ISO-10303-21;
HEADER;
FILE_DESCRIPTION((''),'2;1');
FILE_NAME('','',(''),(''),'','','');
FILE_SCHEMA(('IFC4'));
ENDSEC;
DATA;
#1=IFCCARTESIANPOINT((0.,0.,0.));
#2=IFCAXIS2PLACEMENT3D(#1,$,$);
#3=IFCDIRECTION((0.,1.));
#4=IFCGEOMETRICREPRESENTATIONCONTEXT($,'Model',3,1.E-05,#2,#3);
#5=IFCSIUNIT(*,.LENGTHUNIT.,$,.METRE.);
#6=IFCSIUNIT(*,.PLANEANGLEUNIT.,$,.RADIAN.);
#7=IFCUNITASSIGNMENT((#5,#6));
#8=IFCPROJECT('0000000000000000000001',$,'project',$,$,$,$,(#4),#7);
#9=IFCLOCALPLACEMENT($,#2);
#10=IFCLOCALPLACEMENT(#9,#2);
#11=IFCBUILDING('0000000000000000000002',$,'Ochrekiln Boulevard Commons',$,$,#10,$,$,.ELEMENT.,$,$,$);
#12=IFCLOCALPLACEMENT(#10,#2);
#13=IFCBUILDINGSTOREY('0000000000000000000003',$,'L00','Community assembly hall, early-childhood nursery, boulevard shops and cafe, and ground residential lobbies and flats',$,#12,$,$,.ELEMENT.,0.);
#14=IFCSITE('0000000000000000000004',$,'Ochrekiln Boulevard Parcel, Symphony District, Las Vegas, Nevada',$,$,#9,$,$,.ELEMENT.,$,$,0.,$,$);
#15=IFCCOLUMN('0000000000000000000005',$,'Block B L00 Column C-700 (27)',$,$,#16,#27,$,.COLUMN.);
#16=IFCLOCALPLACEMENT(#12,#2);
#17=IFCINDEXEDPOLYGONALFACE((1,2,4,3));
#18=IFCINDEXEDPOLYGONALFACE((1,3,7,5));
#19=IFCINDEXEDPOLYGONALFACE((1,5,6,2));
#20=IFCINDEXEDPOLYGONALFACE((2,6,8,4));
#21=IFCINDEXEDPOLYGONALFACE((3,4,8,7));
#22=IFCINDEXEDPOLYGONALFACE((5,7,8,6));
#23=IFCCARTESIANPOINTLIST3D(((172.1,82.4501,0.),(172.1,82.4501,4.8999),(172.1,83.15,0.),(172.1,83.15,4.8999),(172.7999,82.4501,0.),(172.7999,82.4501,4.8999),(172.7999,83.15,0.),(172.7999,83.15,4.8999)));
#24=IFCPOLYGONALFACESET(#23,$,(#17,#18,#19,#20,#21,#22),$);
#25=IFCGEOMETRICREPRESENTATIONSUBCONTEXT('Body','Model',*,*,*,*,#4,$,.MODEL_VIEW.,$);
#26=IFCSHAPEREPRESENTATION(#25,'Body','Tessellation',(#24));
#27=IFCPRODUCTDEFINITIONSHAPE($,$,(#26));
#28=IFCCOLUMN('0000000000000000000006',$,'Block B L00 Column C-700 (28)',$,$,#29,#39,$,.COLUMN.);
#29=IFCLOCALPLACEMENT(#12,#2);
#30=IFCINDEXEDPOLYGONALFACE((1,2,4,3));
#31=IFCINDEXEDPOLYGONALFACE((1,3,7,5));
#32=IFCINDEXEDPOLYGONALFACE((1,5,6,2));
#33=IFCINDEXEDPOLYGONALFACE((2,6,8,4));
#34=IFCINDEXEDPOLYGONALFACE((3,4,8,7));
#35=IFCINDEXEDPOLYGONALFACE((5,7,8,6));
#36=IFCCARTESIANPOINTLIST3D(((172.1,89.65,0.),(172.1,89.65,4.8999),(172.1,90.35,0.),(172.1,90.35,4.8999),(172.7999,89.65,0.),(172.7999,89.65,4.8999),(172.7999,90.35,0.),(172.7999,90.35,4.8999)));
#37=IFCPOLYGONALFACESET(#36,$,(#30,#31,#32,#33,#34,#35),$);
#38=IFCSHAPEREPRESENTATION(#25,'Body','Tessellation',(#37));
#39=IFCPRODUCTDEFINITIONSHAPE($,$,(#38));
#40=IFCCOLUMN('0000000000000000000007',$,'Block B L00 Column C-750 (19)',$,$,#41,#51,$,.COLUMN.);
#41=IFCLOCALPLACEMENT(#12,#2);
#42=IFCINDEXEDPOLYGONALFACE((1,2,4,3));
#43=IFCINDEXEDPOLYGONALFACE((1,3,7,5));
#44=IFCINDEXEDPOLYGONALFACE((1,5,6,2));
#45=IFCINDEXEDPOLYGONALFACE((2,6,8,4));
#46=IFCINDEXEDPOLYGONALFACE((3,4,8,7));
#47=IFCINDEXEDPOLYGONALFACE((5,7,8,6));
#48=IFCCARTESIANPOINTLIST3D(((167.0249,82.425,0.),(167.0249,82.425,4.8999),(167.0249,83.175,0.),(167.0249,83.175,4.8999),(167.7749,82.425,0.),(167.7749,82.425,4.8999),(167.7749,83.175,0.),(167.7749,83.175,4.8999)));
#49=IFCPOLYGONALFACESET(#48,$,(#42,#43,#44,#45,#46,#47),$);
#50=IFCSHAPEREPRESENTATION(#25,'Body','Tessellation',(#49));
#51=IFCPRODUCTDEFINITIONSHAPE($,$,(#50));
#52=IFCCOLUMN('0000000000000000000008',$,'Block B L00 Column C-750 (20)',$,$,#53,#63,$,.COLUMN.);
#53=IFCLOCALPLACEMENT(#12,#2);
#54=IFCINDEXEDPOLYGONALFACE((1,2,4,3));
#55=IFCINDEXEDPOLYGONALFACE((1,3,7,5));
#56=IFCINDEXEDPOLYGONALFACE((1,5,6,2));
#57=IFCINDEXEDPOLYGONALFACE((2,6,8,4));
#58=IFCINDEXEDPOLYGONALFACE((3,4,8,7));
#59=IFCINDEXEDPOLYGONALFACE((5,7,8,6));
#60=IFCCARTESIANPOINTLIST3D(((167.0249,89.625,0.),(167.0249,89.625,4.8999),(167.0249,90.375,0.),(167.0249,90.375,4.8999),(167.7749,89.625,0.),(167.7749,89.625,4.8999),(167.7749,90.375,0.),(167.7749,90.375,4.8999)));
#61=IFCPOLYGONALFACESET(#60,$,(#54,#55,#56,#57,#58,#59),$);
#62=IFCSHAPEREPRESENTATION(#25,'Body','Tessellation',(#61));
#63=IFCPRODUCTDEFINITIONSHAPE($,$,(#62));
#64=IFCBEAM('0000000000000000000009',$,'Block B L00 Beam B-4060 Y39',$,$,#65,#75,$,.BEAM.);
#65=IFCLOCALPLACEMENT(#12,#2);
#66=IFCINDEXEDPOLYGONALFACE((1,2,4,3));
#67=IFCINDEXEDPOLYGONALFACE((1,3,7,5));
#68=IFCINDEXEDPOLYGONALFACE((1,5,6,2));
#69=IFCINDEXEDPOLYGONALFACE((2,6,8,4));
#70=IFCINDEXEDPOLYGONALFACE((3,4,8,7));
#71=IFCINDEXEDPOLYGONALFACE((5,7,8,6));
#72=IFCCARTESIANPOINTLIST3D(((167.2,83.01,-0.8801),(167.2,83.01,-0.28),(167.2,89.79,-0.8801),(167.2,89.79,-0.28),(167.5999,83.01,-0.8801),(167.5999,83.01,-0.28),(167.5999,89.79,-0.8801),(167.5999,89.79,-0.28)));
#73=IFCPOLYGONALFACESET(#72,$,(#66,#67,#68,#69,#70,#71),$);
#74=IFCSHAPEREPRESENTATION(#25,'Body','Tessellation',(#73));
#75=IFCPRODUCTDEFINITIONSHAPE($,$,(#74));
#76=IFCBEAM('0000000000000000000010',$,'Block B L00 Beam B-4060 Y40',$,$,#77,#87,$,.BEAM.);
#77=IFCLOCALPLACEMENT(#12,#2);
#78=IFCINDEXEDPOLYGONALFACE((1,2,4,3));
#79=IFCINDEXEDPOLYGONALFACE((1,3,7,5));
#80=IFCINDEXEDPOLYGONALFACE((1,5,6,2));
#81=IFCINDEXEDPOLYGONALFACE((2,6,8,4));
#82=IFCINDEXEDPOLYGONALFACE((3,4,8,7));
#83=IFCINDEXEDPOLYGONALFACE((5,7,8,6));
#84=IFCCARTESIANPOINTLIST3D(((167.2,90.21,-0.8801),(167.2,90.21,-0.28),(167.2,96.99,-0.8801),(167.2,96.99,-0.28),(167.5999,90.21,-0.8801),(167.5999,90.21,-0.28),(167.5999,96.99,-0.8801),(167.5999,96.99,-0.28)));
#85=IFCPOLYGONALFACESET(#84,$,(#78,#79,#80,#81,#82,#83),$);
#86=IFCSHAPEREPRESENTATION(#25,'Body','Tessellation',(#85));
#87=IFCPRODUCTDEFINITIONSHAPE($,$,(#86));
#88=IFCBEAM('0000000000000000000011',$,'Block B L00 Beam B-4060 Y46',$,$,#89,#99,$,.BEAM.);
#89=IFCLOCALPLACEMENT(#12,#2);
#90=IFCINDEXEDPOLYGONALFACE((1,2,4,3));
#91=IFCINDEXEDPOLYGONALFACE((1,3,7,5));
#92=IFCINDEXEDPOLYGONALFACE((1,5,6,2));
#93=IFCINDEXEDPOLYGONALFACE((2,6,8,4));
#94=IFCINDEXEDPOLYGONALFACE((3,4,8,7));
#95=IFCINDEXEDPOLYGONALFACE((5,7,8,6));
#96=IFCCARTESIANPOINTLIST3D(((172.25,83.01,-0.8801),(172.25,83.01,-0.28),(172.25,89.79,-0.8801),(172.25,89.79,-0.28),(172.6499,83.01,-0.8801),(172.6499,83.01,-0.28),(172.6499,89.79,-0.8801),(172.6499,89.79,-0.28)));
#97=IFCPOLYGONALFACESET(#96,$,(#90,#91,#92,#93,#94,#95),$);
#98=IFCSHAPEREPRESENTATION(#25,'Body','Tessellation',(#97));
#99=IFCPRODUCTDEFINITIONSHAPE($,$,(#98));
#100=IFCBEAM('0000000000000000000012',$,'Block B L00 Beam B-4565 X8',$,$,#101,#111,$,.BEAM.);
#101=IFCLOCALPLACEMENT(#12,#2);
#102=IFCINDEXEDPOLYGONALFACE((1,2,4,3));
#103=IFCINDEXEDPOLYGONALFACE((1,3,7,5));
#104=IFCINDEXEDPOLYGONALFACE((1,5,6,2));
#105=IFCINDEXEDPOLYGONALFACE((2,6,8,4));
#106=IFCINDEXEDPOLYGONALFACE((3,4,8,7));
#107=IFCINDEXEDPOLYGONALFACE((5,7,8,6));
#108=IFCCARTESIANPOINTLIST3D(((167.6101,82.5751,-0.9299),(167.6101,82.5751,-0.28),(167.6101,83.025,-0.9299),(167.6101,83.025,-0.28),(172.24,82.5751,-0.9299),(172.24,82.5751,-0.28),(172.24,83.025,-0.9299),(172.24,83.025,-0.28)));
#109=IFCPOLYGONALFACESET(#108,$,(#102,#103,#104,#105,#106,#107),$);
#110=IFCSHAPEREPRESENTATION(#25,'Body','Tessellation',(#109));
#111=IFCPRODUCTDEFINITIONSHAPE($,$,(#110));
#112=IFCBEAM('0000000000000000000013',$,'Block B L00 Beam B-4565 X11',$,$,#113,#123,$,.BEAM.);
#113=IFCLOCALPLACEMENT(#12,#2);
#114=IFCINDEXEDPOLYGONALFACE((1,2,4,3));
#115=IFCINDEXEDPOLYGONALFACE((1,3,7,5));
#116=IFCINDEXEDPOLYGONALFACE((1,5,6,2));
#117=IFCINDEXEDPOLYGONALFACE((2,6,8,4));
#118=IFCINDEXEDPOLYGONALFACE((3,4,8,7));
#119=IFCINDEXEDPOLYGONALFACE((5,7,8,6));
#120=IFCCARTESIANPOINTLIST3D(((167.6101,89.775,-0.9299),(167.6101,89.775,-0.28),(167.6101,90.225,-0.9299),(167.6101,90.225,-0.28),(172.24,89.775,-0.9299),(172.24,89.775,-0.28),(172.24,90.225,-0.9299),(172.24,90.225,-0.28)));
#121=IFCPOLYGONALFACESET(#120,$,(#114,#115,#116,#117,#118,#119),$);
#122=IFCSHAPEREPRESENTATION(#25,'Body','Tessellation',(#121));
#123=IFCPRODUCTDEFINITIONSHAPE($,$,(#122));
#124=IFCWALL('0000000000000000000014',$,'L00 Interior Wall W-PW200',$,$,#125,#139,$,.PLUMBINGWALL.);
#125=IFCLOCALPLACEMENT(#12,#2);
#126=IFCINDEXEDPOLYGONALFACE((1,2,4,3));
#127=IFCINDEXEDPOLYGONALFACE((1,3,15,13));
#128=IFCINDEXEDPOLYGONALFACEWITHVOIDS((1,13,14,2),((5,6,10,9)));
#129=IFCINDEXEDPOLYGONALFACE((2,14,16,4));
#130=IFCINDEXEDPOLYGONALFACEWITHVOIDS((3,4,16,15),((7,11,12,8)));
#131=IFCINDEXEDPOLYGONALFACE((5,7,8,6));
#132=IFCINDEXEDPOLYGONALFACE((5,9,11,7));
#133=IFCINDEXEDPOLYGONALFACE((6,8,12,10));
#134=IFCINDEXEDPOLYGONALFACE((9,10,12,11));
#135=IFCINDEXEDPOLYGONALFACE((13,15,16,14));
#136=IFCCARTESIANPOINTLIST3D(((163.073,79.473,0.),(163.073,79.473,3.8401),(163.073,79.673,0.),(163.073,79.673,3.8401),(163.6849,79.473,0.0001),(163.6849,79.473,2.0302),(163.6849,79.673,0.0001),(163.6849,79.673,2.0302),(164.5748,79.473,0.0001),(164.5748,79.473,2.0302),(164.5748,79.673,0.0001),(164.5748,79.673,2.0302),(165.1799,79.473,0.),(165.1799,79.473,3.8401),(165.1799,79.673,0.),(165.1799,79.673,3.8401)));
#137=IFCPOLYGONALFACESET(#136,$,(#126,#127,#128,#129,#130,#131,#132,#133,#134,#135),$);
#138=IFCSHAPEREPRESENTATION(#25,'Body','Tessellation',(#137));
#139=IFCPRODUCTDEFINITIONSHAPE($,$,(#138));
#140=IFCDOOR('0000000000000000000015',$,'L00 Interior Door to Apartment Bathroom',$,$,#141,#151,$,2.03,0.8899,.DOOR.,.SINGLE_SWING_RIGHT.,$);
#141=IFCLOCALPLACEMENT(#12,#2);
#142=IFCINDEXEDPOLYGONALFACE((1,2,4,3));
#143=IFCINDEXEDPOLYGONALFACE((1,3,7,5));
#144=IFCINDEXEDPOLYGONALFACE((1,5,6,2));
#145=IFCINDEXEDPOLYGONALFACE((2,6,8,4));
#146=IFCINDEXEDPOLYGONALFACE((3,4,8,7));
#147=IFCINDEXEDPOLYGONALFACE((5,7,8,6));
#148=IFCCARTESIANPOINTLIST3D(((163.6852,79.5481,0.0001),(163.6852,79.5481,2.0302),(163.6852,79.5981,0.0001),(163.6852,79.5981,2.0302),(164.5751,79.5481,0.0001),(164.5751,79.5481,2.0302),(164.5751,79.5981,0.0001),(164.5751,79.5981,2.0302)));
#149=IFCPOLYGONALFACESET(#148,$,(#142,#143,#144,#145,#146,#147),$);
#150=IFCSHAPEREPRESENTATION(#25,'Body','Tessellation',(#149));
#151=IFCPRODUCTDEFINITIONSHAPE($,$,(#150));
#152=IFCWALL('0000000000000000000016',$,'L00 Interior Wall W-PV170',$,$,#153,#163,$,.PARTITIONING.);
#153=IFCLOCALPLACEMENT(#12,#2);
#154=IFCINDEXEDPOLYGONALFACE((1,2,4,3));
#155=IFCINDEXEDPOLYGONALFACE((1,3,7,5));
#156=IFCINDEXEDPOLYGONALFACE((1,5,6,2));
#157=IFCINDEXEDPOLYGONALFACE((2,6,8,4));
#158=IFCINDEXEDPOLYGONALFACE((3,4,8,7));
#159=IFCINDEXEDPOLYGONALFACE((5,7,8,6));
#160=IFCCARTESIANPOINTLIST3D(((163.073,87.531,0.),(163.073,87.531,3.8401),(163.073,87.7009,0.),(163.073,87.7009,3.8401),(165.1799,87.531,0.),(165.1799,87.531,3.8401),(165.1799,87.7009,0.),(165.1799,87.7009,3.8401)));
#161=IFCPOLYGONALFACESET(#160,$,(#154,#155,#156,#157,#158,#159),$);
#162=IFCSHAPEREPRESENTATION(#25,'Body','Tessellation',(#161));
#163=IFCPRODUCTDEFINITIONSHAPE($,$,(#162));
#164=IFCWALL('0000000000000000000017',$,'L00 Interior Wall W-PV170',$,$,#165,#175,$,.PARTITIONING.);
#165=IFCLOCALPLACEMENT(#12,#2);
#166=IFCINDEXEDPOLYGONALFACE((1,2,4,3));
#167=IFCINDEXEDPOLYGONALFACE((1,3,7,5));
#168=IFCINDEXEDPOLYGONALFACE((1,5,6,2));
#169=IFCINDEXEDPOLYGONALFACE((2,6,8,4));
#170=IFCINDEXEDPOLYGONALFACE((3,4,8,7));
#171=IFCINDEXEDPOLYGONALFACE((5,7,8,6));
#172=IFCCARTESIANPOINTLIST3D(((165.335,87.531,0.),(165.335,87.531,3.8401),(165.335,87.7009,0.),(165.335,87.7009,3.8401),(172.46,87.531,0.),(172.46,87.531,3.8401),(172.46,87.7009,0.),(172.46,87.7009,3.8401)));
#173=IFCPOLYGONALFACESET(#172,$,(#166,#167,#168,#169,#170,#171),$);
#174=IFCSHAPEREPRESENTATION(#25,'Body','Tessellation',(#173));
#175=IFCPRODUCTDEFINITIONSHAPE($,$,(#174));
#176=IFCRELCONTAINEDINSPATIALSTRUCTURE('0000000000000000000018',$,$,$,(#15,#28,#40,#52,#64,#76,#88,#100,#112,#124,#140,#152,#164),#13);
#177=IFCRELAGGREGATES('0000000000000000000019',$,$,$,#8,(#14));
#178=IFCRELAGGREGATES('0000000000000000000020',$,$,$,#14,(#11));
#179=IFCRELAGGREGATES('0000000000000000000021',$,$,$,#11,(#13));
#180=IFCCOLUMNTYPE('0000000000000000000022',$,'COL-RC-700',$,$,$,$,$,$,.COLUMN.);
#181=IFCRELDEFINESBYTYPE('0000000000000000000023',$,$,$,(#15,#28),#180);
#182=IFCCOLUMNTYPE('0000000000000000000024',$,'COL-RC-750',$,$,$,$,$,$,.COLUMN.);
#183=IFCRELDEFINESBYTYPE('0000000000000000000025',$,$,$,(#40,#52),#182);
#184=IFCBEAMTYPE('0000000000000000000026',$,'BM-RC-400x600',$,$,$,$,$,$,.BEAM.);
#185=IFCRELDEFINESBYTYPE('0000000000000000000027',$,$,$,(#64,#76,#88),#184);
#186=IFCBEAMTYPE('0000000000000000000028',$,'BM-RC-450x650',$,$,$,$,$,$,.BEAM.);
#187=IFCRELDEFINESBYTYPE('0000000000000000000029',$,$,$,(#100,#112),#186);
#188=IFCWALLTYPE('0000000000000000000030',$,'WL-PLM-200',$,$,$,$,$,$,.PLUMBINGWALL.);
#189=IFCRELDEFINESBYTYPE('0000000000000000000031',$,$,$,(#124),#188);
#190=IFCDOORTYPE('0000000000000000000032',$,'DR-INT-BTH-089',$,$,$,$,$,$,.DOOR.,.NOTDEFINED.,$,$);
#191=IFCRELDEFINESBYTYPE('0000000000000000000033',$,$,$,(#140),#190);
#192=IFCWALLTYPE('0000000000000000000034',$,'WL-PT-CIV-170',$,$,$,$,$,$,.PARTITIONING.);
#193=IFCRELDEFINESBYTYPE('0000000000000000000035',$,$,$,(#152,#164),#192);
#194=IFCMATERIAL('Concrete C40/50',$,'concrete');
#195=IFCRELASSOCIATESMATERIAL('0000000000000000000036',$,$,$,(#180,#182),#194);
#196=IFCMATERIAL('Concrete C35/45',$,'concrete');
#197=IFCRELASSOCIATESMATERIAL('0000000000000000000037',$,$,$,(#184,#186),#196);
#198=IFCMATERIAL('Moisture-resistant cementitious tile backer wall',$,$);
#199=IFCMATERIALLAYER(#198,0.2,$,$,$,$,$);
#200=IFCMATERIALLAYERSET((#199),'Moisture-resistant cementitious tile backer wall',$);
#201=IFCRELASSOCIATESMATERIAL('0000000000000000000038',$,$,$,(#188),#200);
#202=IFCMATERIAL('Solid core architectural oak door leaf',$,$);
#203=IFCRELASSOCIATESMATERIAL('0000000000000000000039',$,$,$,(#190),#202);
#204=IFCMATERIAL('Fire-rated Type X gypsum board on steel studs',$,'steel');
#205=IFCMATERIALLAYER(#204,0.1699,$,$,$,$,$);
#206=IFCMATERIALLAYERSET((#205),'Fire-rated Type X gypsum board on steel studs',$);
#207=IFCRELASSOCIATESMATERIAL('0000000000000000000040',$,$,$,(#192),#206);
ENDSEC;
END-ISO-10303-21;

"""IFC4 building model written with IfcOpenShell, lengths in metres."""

from ifc_helpers import new_model, si_unit, direction, frame, frame_2d, origin, origin_2d, place, context, subcontext, project, spatial, rectangle, extrude, material, layer, layer_set, material_profile, profile_set, type_object, element, fill, save


model = new_model("IFC4")

# Units and contexts
model_context = context("Model", 3, precision=1e-05, world=origin(), true_north=direction((0.0, 1.0)))
body_context = subcontext(model_context, "Body", "Model", "MODEL_VIEW")
ifc_project = project(units=[si_unit("LENGTHUNIT", "METRE"), si_unit("PLANEANGLEUNIT", "RADIAN")], contexts=[model_context])

# Site, building, storey
site_placement = place(None, origin())
site = spatial("IfcSite", under=ifc_project, at=site_placement, Name="Ochrekiln Boulevard Parcel, Symphony District, Las Vegas, Nevada", CompositionType="ELEMENT", RefElevation=0.0)
building_placement = place(site_placement, origin())
building = spatial("IfcBuilding", under=site, at=building_placement, Name="Ochrekiln Boulevard Commons", CompositionType="ELEMENT")
storey_placement = place(building_placement, origin())
storey = spatial("IfcBuildingStorey", under=building, at=storey_placement, Name="L00", Description="Community assembly hall, early-childhood nursery, boulevard shops and cafe, and ground residential lobbies and flats", CompositionType="ELEMENT", Elevation=0.0)

# Columns
ifc_material_1 = material(Name="Concrete C40/50", Category="concrete")
ifc_material_profile_1 = material_profile(ifc_material_1, rectangle(XDim=0.7, YDim=0.7, at=origin_2d()), Name="RC-COL-700x700")
ifc_profile_set_1 = profile_set([ifc_material_profile_1], Name="Concrete C40/50")
column_type_1 = type_object("IfcColumnType", Name="COL-RC-700", PredefinedType="COLUMN", material=ifc_profile_set_1)
for number, where, z_axis, x_axis, name in (
    (1, (172.45, 82.8, 0.0), (0.0, 0.0, 1.0), (1.0, 0.0, 0.0), "Block B L00 Column C-700 (27)"),
    (2, (172.45, 90.0, 0.0), (0.0, 0.0, 1.0), (1.0, 0.0, 0.0), "Block B L00 Column C-700 (28)"),
):
    element("IfcColumn", number, at=place(storey_placement, frame(where, z_axis=z_axis, x_axis=x_axis)), inside=storey, type_object=column_type_1, Name=name, PredefinedType="COLUMN", context=body_context, shape_type="SweptSolid", body=[
        extrude(rectangle(XDim=0.7, YDim=0.7, at=origin_2d()), origin(), (0.0, 0.0, 1.0), 4.8999),
    ])
ifc_material_profile_2 = material_profile(ifc_material_1, rectangle(XDim=0.75, YDim=0.75, at=origin_2d()), Name="RC-COL-750x750")
ifc_profile_set_2 = profile_set([ifc_material_profile_2], Name="Concrete C40/50")
column_type_2 = type_object("IfcColumnType", Name="COL-RC-750", PredefinedType="COLUMN", material=ifc_profile_set_2)
for number, where, z_axis, x_axis, name in (
    (3, (167.3999, 82.8, 0.0), (0.0, 0.0, 1.0), (1.0, 0.0, 0.0), "Block B L00 Column C-750 (19)"),
    (4, (167.3999, 90.0, 0.0), (0.0, 0.0, 1.0), (1.0, 0.0, 0.0), "Block B L00 Column C-750 (20)"),
):
    element("IfcColumn", number, at=place(storey_placement, frame(where, z_axis=z_axis, x_axis=x_axis)), inside=storey, type_object=column_type_2, Name=name, PredefinedType="COLUMN", context=body_context, shape_type="SweptSolid", body=[
        extrude(rectangle(XDim=0.75, YDim=0.75, at=origin_2d()), origin(), (0.0, 0.0, 1.0), 4.8999),
    ])

# Beams
ifc_material_2 = material(Name="Concrete C35/45", Category="concrete")
ifc_material_profile_3 = material_profile(ifc_material_2, rectangle(XDim=0.3999, YDim=0.6001, at=origin_2d()), Name="RC-BM-400x600")
ifc_profile_set_3 = profile_set([ifc_material_profile_3], Name="Concrete C35/45")
beam_type_1 = type_object("IfcBeamType", Name="BM-RC-400x600", PredefinedType="BEAM", material=ifc_profile_set_3)
for number, where, z_axis, x_axis, name in (
    (5, (167.3999, 83.01, -0.5801), (0.0, 1.0, 0.0), (-1.0, 0.0, 0.0), "Block B L00 Beam B-4060 Y39"),
    (6, (167.3999, 90.21, -0.5801), (0.0, 1.0, 0.0), (-1.0, 0.0, 0.0), "Block B L00 Beam B-4060 Y40"),
    (7, (172.45, 83.01, -0.5801), (0.0, 1.0, 0.0), (-1.0, 0.0, 0.0), "Block B L00 Beam B-4060 Y46"),
):
    element("IfcBeam", number, at=place(storey_placement, frame(where, z_axis=z_axis, x_axis=x_axis)), inside=storey, type_object=beam_type_1, Name=name, PredefinedType="BEAM", context=body_context, shape_type="SweptSolid", body=[
        extrude(rectangle(XDim=0.3999, YDim=0.6001, at=origin_2d()), origin(), (0.0, 0.0, 1.0), 6.78),
    ])
ifc_material_profile_4 = material_profile(ifc_material_2, rectangle(XDim=0.45, YDim=0.6499, at=origin_2d()), Name="RC-BM-450x650")
ifc_profile_set_4 = profile_set([ifc_material_profile_4], Name="Concrete C35/45")
beam_type_2 = type_object("IfcBeamType", Name="BM-RC-450x650", PredefinedType="BEAM", material=ifc_profile_set_4)
for number, where, z_axis, x_axis, name in (
    (8, (167.6101, 82.8, -0.605), (1.0, 0.0, 0.0), (0.0, 1.0, 0.0), "Block B L00 Beam B-4565 X8"),
    (9, (167.6101, 90.0, -0.605), (1.0, 0.0, 0.0), (0.0, 1.0, 0.0), "Block B L00 Beam B-4565 X11"),
):
    element("IfcBeam", number, at=place(storey_placement, frame(where, z_axis=z_axis, x_axis=x_axis)), inside=storey, type_object=beam_type_2, Name=name, PredefinedType="BEAM", context=body_context, shape_type="SweptSolid", body=[
        extrude(rectangle(XDim=0.45, YDim=0.6499, at=origin_2d()), origin(), (0.0, 0.0, 1.0), 4.6299),
    ])

# Wall, opening, door
ifc_material_3 = material(Name="Moisture-resistant cementitious tile backer wall")
ifc_layer_1 = layer(ifc_material_3, 0.2)
ifc_layer_set_1 = layer_set([ifc_layer_1], Name="Moisture-resistant cementitious tile backer wall")
wall_type_1 = type_object("IfcWallType", Name="WL-PLM-200", PredefinedType="PLUMBINGWALL", material=ifc_layer_set_1)
wall_1_placement = place(storey_placement, frame((163.073, 79.573, 0.0), z_axis=(0.0, 0.0, 1.0), x_axis=(1.0, 0.0, 0.0)))
wall_1 = element("IfcWall", 10, at=wall_1_placement, inside=storey, type_object=wall_type_1, Name="L00 Interior Wall W-PW200", PredefinedType="PLUMBINGWALL", context=body_context, shape_type="SweptSolid", body=[
    extrude(rectangle(XDim=2.1069, YDim=0.2, at=frame_2d((1.0535, 0.0))), origin(), (0.0, 0.0, 1.0), 3.8401),
])
opening_1_placement = place(wall_1_placement, frame((0.6121, 0.0, 0.0)))
opening_1 = element("IfcOpeningElement", 11, at=opening_1_placement, cuts=wall_1, PredefinedType="OPENING", context=body_context, shape_type="SweptSolid", body=[
    extrude(rectangle(XDim=0.8899, YDim=2.03, at=frame_2d((0.4448, 1.0151))), frame((0.0, 0.1099, 0.0), z_axis=(0.0, -1.0, 0.0), x_axis=(1.0, 0.0, 0.0)), (0.0, 0.0, 1.0), 0.22),
])
ifc_material_4 = material(Name="Solid core architectural oak door leaf")
door_type_1 = type_object("IfcDoorType", Name="DR-INT-BTH-089", OperationType="NOTDEFINED", PredefinedType="DOOR", material=ifc_material_4)
door_1_placement = place(opening_1_placement, frame((0.8899, 0.0, 0.0), z_axis=(0.0, 0.0, 1.0), x_axis=(-1.0, 0.0, 0.0)))
door_1 = element("IfcDoor", 12, at=door_1_placement, inside=storey, type_object=door_type_1, Name="L00 Interior Door to Apartment Bathroom", OperationType="SINGLE_SWING_RIGHT", OverallHeight=2.03, OverallWidth=0.8899, PredefinedType="DOOR", context=body_context, shape_type="SweptSolid", body=[
    extrude(rectangle(XDim=0.8899, YDim=2.03, at=frame_2d((0.4448, 1.0151))), frame((0.0, 0.0249, 0.0), z_axis=(0.0, -1.0, 0.0), x_axis=(1.0, 0.0, 0.0)), (0.0, 0.0, 1.0), 0.05),
])
fill(opening_1, door_1)

# Walls
ifc_material_5 = material(Name="Fire-rated Type X gypsum board on steel studs", Category="steel")
ifc_layer_2 = layer(ifc_material_5, 0.1699)
ifc_layer_set_2 = layer_set([ifc_layer_2], Name="Fire-rated Type X gypsum board on steel studs")
wall_type_2 = type_object("IfcWallType", Name="WL-PT-CIV-170", PredefinedType="PARTITIONING", material=ifc_layer_set_2)
wall_2_placement = place(storey_placement, frame((163.073, 87.616, 0.0), z_axis=(0.0, 0.0, 1.0), x_axis=(1.0, 0.0, 0.0)))
element("IfcWall", 13, at=wall_2_placement, inside=storey, type_object=wall_type_2, Name="L00 Interior Wall W-PV170", PredefinedType="PARTITIONING", context=body_context, shape_type="SweptSolid", body=[
    extrude(rectangle(XDim=2.1069, YDim=0.1699, at=frame_2d((1.0535, 0.0))), origin(), (0.0, 0.0, 1.0), 3.8401),
])
wall_3_placement = place(storey_placement, frame((165.335, 87.616, 0.0), z_axis=(0.0, 0.0, 1.0), x_axis=(1.0, 0.0, 0.0)))
element("IfcWall", 14, at=wall_3_placement, inside=storey, type_object=wall_type_2, Name="L00 Interior Wall W-PV170", PredefinedType="PARTITIONING", context=body_context, shape_type="SweptSolid", body=[
    extrude(rectangle(XDim=7.125, YDim=0.1699, at=frame_2d((3.5625, 0.0))), origin(), (0.0, 0.0, 1.0), 3.8401),
])

save(model, "model.ifc")
